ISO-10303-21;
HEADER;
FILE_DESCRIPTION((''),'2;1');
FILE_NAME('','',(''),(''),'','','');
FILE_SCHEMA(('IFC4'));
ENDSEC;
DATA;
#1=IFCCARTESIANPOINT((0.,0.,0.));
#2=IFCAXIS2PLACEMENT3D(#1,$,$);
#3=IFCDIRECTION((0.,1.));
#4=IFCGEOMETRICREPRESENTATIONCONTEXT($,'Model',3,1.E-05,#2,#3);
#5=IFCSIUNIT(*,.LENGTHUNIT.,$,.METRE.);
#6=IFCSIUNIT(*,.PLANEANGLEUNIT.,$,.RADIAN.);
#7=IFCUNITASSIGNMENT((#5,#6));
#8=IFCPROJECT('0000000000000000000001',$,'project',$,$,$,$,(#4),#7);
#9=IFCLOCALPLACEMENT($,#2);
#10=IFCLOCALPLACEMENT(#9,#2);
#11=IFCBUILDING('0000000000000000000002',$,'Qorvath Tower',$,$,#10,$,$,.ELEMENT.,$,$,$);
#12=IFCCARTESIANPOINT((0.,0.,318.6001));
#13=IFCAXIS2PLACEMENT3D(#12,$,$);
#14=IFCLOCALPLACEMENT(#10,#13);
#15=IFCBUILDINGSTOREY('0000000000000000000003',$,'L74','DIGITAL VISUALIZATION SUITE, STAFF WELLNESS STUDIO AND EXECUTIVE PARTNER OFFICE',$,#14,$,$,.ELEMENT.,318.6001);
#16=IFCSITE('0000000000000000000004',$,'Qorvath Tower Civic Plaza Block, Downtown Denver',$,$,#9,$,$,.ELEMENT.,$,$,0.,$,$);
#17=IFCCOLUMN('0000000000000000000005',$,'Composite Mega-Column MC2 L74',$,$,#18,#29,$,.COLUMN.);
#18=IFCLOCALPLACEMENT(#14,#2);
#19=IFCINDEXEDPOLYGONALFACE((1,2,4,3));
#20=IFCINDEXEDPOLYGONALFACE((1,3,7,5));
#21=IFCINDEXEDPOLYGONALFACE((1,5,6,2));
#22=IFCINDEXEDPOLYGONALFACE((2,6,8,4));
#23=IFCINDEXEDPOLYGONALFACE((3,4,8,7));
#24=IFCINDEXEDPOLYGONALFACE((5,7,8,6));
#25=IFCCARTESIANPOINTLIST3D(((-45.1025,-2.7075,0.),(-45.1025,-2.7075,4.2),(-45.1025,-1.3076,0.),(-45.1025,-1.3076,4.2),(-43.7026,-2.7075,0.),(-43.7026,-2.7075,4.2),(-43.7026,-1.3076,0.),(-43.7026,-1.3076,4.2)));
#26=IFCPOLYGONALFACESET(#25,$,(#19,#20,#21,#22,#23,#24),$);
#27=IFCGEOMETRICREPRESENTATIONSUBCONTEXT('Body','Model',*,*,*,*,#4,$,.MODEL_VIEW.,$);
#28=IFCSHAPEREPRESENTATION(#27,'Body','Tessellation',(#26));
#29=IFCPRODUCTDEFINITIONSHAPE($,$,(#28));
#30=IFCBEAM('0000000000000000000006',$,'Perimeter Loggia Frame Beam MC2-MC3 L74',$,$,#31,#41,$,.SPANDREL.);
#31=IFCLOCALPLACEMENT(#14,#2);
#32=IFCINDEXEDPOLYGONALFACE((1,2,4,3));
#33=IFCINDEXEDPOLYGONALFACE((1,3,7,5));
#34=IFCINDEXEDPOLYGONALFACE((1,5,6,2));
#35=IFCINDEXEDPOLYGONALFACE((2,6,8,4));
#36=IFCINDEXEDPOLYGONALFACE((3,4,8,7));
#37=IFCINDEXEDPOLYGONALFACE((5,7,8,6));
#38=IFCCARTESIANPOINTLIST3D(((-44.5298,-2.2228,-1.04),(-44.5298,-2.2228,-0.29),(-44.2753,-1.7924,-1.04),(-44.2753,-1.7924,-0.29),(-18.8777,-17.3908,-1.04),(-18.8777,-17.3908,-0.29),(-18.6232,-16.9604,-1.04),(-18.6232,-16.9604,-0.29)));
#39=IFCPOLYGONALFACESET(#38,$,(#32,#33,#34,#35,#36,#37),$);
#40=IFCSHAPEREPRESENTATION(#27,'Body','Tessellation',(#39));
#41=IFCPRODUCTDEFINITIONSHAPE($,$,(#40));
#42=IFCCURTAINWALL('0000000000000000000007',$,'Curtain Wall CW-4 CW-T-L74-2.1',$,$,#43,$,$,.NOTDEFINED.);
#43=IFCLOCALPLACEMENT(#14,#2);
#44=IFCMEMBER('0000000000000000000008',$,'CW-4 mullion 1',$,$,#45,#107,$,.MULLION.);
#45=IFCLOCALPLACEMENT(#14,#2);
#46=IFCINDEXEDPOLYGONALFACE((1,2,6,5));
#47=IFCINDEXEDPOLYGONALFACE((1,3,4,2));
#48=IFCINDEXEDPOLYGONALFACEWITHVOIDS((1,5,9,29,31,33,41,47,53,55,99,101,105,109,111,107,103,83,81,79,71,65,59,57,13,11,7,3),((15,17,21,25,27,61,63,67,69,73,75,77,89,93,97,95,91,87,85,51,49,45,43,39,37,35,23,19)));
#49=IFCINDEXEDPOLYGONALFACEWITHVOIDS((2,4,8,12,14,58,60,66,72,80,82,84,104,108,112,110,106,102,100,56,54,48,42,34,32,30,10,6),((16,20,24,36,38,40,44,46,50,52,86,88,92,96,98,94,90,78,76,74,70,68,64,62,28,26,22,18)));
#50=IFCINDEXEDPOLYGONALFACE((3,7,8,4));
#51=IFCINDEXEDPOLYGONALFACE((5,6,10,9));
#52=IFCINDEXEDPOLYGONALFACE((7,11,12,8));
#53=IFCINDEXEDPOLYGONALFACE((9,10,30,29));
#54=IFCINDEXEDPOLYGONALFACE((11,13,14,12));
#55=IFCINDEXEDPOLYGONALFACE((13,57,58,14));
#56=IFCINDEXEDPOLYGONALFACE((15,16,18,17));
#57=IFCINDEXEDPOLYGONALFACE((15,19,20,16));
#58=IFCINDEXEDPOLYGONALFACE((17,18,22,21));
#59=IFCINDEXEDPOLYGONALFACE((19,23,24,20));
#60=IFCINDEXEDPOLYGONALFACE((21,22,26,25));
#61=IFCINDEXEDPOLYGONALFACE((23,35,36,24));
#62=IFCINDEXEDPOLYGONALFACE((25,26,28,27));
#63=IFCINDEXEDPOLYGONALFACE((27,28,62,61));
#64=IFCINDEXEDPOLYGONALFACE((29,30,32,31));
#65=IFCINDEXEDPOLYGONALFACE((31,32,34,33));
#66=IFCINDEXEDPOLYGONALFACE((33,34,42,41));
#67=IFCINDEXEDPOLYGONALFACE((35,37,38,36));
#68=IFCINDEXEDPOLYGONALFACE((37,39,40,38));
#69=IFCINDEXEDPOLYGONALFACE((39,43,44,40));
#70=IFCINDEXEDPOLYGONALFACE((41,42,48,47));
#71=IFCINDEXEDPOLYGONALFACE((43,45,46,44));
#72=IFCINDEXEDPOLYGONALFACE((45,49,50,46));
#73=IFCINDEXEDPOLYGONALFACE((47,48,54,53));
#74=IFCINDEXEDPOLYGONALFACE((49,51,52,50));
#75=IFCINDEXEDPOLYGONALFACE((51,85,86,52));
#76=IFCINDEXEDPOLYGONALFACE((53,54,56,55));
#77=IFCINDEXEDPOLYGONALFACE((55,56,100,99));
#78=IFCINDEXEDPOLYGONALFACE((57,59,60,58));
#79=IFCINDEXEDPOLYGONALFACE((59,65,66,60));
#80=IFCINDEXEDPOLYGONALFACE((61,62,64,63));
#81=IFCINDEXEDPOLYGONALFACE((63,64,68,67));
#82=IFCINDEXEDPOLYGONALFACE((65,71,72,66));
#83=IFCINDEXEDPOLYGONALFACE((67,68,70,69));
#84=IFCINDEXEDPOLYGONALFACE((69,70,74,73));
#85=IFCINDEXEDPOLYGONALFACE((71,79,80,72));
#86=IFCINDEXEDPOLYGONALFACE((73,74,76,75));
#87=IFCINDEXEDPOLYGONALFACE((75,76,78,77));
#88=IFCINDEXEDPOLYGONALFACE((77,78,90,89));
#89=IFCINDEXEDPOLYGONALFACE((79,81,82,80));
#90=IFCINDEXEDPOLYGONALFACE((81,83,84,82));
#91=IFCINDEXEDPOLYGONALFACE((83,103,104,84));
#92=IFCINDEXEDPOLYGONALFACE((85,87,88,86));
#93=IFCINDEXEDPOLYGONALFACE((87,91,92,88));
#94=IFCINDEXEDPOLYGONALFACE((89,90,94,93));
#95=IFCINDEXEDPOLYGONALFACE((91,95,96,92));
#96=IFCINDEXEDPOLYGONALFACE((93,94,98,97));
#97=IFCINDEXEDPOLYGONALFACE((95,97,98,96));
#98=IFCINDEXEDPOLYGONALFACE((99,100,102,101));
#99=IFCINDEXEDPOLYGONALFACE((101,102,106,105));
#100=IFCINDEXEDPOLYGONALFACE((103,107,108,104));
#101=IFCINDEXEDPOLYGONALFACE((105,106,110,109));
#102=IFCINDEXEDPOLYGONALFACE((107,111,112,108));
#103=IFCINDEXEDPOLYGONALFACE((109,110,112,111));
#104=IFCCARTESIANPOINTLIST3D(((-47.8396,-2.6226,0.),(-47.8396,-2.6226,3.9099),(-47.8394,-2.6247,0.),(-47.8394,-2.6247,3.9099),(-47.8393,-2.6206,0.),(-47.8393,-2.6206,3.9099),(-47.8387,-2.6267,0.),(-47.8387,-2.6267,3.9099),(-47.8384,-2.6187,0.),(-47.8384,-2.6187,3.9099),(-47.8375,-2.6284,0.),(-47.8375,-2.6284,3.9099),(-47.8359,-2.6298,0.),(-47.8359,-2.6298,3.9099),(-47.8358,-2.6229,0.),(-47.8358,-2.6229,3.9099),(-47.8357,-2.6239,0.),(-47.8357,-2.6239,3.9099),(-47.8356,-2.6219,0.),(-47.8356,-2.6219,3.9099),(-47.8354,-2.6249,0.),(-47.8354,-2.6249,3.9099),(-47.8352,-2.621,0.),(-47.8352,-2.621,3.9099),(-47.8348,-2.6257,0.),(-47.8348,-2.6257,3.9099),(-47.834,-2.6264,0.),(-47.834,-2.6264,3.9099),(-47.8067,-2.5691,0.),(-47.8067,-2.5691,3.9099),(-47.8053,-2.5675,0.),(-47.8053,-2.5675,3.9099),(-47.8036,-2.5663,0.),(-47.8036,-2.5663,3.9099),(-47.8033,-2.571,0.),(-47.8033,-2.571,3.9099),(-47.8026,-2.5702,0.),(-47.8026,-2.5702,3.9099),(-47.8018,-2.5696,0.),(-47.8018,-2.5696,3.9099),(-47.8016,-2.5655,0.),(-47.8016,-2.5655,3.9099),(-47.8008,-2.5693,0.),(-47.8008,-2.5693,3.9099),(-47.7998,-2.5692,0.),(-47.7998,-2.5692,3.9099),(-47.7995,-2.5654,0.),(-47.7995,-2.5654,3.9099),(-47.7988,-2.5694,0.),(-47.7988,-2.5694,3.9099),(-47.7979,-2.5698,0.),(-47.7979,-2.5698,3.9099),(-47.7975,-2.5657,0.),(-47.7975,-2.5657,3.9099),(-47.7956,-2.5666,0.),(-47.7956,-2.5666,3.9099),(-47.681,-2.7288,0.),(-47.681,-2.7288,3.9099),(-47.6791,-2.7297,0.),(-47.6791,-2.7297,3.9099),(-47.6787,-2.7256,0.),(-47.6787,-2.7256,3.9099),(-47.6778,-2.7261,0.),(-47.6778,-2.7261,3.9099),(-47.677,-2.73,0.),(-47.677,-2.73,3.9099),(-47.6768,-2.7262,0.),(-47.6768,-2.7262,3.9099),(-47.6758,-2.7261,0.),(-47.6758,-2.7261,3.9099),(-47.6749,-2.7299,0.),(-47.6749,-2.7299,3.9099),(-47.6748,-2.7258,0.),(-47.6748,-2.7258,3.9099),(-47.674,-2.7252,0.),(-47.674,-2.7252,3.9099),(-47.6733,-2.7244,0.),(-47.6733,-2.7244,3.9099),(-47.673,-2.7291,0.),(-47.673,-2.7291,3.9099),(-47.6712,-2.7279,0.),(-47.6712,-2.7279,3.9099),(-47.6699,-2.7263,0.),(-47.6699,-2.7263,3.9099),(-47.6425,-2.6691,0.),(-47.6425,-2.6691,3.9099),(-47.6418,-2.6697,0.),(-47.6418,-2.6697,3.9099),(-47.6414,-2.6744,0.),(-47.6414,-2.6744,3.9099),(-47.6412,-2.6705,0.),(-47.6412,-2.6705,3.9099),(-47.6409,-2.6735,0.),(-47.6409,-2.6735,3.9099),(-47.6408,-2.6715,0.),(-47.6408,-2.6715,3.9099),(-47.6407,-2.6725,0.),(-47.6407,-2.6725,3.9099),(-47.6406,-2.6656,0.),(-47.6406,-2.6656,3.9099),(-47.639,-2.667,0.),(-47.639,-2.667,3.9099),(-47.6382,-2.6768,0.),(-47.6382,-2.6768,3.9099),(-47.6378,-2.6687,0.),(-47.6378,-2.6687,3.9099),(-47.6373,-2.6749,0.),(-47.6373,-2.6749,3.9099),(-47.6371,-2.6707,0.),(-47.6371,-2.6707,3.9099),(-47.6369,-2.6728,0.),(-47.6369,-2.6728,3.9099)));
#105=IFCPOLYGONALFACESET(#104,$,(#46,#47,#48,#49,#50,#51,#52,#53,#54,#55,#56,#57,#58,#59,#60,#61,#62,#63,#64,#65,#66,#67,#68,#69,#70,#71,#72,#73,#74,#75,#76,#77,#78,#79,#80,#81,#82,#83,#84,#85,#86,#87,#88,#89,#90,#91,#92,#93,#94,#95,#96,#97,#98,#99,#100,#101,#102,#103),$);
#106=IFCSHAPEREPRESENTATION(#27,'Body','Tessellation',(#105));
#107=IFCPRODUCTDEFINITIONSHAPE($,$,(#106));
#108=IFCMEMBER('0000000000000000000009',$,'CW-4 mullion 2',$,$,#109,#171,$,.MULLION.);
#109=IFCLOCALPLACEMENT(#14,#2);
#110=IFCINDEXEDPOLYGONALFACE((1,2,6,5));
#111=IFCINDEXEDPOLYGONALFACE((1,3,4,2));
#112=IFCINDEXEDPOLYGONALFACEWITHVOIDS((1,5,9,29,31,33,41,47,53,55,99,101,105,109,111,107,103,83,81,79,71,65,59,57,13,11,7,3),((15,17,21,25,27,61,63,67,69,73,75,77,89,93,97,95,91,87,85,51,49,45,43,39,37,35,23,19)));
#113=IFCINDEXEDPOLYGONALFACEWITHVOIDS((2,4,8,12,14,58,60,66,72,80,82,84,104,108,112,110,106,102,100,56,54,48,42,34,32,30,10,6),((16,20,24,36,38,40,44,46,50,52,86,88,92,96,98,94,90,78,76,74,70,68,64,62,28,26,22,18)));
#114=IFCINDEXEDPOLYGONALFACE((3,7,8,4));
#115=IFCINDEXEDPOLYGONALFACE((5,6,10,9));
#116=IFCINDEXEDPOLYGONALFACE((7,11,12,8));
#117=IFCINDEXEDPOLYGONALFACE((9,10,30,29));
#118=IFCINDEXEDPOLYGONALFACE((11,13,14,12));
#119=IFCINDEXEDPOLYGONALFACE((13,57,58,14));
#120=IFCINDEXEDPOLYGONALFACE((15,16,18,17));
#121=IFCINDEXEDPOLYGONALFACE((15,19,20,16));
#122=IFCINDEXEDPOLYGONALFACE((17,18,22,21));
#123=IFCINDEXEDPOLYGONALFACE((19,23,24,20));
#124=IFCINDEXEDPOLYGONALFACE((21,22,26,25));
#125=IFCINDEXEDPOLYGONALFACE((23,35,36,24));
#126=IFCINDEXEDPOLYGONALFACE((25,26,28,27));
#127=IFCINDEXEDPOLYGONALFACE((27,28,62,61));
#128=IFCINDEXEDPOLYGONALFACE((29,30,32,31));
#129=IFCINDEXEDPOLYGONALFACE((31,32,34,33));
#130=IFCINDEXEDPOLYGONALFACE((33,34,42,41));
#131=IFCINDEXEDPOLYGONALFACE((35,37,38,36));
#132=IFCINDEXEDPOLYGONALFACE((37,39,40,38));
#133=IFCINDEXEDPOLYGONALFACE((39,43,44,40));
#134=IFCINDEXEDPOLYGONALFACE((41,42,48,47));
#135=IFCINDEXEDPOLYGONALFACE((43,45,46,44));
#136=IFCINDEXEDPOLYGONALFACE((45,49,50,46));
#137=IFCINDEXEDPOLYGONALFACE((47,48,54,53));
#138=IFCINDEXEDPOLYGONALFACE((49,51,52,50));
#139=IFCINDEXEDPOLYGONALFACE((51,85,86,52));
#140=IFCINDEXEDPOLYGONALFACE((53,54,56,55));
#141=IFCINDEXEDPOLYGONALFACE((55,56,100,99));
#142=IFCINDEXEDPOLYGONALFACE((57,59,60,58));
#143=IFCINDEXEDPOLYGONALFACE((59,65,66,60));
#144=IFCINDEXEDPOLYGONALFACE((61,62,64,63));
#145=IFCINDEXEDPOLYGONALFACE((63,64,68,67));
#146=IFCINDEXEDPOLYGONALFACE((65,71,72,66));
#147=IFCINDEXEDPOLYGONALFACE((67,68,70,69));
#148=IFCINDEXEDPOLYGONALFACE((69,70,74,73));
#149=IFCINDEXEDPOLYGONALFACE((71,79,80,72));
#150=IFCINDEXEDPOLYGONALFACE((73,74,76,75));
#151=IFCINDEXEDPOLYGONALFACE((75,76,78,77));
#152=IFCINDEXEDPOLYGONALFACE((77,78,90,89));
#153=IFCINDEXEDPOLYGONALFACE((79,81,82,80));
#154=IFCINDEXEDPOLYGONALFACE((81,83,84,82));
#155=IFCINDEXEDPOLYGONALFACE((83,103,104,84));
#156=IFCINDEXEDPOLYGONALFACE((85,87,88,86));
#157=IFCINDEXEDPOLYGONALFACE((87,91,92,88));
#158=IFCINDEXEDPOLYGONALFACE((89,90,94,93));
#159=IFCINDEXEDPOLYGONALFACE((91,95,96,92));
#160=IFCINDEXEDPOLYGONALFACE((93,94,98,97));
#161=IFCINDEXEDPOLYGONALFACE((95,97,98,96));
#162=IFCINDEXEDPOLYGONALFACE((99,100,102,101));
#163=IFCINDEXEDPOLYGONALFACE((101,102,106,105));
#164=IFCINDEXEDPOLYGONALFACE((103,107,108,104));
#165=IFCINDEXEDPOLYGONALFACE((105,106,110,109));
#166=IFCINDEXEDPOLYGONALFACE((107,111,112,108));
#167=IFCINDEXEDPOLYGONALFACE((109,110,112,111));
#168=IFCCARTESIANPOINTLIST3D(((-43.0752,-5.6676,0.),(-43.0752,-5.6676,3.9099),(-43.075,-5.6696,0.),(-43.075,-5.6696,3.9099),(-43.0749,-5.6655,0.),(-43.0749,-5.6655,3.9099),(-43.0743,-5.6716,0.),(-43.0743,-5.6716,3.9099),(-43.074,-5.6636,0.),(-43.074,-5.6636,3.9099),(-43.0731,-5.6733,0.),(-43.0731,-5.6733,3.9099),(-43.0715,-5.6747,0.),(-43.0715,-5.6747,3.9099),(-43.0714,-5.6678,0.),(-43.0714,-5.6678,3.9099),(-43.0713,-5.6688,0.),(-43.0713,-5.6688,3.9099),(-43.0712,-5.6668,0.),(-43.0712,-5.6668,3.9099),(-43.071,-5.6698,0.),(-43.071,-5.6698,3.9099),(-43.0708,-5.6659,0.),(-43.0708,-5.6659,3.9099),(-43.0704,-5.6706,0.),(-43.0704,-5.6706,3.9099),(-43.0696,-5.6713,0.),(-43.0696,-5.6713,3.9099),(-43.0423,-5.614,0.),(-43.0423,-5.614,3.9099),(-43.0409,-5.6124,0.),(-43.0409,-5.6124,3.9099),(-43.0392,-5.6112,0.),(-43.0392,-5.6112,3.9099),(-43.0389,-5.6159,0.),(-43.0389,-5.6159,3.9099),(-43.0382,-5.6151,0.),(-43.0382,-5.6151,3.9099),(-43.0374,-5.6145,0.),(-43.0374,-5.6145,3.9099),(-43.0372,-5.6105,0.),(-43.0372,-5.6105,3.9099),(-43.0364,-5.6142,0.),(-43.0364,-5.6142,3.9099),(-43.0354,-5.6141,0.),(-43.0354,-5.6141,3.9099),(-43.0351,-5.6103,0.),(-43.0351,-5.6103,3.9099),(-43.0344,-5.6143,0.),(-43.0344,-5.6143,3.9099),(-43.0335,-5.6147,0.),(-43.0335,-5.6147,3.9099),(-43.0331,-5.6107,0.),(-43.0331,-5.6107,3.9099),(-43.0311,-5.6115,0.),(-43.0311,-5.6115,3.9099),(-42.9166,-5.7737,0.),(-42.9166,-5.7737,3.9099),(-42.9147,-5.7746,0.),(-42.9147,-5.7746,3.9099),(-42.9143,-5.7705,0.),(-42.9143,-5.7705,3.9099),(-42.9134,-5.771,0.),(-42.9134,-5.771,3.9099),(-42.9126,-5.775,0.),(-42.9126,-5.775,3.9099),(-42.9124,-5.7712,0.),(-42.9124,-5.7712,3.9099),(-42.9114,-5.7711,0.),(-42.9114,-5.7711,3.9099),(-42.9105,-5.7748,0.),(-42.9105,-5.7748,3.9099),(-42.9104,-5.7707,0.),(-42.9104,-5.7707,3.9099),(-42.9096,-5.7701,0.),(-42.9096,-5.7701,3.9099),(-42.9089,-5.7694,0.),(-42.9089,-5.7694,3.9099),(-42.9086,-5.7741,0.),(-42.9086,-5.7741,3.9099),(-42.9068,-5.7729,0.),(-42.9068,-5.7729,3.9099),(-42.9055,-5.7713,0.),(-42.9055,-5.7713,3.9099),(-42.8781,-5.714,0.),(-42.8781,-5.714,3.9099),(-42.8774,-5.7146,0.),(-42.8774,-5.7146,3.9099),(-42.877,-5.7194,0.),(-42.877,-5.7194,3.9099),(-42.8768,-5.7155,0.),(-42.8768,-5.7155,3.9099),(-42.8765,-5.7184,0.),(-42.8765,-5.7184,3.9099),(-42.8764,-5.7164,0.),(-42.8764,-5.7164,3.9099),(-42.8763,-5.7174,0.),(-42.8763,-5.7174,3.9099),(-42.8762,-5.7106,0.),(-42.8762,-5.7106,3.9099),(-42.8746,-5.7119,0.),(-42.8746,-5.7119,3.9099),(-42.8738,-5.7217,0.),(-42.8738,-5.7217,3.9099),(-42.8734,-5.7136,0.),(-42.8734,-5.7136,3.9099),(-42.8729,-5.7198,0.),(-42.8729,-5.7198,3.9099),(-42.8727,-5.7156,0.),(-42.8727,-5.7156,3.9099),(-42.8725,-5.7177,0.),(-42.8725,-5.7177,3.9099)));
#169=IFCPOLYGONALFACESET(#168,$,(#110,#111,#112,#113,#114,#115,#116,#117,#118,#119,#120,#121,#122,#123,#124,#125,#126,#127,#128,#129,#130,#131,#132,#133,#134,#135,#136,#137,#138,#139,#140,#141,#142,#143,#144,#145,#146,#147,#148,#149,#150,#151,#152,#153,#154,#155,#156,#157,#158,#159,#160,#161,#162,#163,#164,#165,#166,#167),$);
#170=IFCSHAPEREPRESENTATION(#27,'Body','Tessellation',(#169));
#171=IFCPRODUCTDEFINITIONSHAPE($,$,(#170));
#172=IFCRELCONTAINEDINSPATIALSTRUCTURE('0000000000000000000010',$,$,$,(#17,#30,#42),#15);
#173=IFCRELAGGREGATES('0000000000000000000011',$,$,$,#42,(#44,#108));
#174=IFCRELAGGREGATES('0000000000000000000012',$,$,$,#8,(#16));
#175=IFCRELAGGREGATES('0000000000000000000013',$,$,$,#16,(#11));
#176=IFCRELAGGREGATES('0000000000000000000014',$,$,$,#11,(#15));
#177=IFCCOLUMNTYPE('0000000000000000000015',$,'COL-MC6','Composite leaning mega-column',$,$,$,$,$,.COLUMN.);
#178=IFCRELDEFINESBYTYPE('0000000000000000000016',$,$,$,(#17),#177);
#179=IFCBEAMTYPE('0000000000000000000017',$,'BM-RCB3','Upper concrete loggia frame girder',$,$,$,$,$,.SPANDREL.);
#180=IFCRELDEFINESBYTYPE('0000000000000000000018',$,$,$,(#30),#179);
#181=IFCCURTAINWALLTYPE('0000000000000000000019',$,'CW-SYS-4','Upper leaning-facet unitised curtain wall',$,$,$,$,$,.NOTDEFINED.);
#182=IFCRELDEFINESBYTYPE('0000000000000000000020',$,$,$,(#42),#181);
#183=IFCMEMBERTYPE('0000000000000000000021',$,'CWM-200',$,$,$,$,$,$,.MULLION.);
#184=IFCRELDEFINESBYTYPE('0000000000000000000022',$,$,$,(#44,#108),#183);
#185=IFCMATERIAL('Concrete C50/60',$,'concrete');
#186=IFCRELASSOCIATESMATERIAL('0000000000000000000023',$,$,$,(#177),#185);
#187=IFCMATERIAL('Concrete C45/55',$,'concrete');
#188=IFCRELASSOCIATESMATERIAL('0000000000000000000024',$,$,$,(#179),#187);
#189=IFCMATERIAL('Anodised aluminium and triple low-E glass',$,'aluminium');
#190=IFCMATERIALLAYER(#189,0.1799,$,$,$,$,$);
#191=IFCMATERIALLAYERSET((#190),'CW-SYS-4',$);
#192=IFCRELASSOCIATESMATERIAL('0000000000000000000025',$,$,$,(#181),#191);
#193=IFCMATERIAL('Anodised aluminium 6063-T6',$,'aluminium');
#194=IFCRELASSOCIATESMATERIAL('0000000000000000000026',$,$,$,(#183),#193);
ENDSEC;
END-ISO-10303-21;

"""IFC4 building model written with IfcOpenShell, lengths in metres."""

from ifc_helpers import new_model, si_unit, direction, frame, origin, origin_2d, place, context, subcontext, project, spatial, rectangle, hollow_rectangle, extrude, material, layer, layer_set, material_profile, profile_set, type_object, element, aggregate, save


model = new_model("IFC4")

# Units and contexts
model_context = context("Model", 3, precision=1e-05, world=origin(), true_north=direction((0.0, 1.0)))
body_context = subcontext(model_context, "Body", "Model", "MODEL_VIEW")
ifc_project = project(units=[si_unit("LENGTHUNIT", "METRE"), si_unit("PLANEANGLEUNIT", "RADIAN")], contexts=[model_context])

# Site, building, storey
site_placement = place(None, origin())
site = spatial("IfcSite", under=ifc_project, at=site_placement, Name="Qorvath Tower Civic Plaza Block, Downtown Denver", CompositionType="ELEMENT", RefElevation=0.0)
building_placement = place(site_placement, origin())
building = spatial("IfcBuilding", under=site, at=building_placement, Name="Qorvath Tower", CompositionType="ELEMENT")
storey_placement = place(building_placement, frame((0.0, 0.0, 318.6001)))
storey = spatial("IfcBuildingStorey", under=building, at=storey_placement, Name="L74", Description="DIGITAL VISUALIZATION SUITE, STAFF WELLNESS STUDIO AND EXECUTIVE PARTNER OFFICE", CompositionType="ELEMENT", Elevation=318.6001)

# Column
ifc_material_1 = material(Name="Concrete C50/60", Category="concrete")
ifc_material_profile_1 = material_profile(ifc_material_1, rectangle(XDim=1.3999, YDim=1.3999, at=origin_2d()), Name="MC 1400x1400")
ifc_profile_set_1 = profile_set([ifc_material_profile_1], Name="Concrete C50/60")
column_type = type_object("IfcColumnType", Name="COL-MC6", Description="Composite leaning mega-column", PredefinedType="COLUMN", material=ifc_profile_set_1)
column_placement = place(storey_placement, frame((-44.4026, -2.0076, 0.0), z_axis=(0.0, 0.0, 1.0), x_axis=(1.0, 0.0, 0.0)))
element("IfcColumn", 1, at=column_placement, inside=storey, type_object=column_type, Name="Composite Mega-Column MC2 L74", PredefinedType="COLUMN", context=body_context, shape_type="SweptSolid", body=[
    extrude(rectangle(XDim=1.3999, YDim=1.3999, at=origin_2d()), origin(), (0.0, 0.0, 1.0), 4.2),
])

# Beam
ifc_material_2 = material(Name="Concrete C45/55", Category="concrete")
ifc_material_profile_2 = material_profile(ifc_material_2, rectangle(XDim=0.5, YDim=0.75, at=origin_2d()), Name="RCB 750x500")
ifc_profile_set_2 = profile_set([ifc_material_profile_2], Name="Concrete C45/55")
beam_type = type_object("IfcBeamType", Name="BM-RCB3", Description="Upper concrete loggia frame girder", PredefinedType="SPANDREL", material=ifc_profile_set_2)
beam_placement = place(storey_placement, frame((-44.4026, -2.0076, -0.665), z_axis=(0.860781, -0.508976, 0.0), x_axis=(0.508976, 0.860781, 0.0)))
element("IfcBeam", 2, at=beam_placement, inside=storey, type_object=beam_type, Name="Perimeter Loggia Frame Beam MC2-MC3 L74", PredefinedType="SPANDREL", context=body_context, shape_type="SweptSolid", body=[
    extrude(rectangle(XDim=0.5, YDim=0.75, at=origin_2d()), origin(), (0.0, 0.0, 1.0), 29.801),
])

# Curtain wall, members
ifc_material_3 = material(Name="Anodised aluminium and triple low-E glass", Category="aluminium")
ifc_layer_1 = layer(ifc_material_3, 0.1799)
ifc_layer_set_1 = layer_set([ifc_layer_1], Name="CW-SYS-4")
curtain_wall_type = type_object("IfcCurtainWallType", Name="CW-SYS-4", Description="Upper leaning-facet unitised curtain wall", PredefinedType="NOTDEFINED", material=ifc_layer_set_1)
curtain_wall_placement = place(storey_placement, origin())
curtain_wall = element("IfcCurtainWall", 3, at=curtain_wall_placement, inside=storey, type_object=curtain_wall_type, Name="Curtain Wall CW-4 CW-T-L74-2.1", PredefinedType="NOTDEFINED")
ifc_material_4 = material(Name="Anodised aluminium 6063-T6", Category="aluminium")
ifc_material_profile_3 = material_profile(ifc_material_4, hollow_rectangle(XDim=0.075, YDim=0.2, WallThickness=0.0039, InnerFilletRadius=0.0039, OuterFilletRadius=0.0081, at=origin_2d()), Name="CWM 200x75")
ifc_profile_set_3 = profile_set([ifc_material_profile_3], Name="Anodised aluminium 6063-T6")
member_type_1 = type_object("IfcMemberType", Name="CWM-200", PredefinedType="MULLION", material=ifc_profile_set_3)
member_1_placement = place(storey_placement, frame((-47.7383, -2.6477, 0.0), z_axis=(0.0, 0.0, 1.0), x_axis=(0.538532, 0.842605, 0.0)))
member_1 = element("IfcMember", 4, at=member_1_placement, type_object=member_type_1, Name="CW-4 mullion 1", PredefinedType="MULLION", context=body_context, shape_type="SweptSolid", body=[
    extrude(hollow_rectangle(XDim=0.075, YDim=0.2, WallThickness=0.0039, InnerFilletRadius=0.0039, OuterFilletRadius=0.0081, at=origin_2d()), origin(), (0.0, 0.0, 1.0), 3.9099),
])
member_2_placement = place(storey_placement, frame((-42.9739, -5.6926, 0.0), z_axis=(0.0, 0.0, 1.0), x_axis=(0.538532, 0.842605, 0.0)))
member_2 = element("IfcMember", 5, at=member_2_placement, type_object=member_type_1, Name="CW-4 mullion 2", PredefinedType="MULLION", context=body_context, shape_type="SweptSolid", body=[
    extrude(hollow_rectangle(XDim=0.075, YDim=0.2, WallThickness=0.0039, InnerFilletRadius=0.0039, OuterFilletRadius=0.0081, at=origin_2d()), origin(), (0.0, 0.0, 1.0), 3.9099),
])
aggregate(curtain_wall, [member_1, member_2])

save(model, "model.ifc")
